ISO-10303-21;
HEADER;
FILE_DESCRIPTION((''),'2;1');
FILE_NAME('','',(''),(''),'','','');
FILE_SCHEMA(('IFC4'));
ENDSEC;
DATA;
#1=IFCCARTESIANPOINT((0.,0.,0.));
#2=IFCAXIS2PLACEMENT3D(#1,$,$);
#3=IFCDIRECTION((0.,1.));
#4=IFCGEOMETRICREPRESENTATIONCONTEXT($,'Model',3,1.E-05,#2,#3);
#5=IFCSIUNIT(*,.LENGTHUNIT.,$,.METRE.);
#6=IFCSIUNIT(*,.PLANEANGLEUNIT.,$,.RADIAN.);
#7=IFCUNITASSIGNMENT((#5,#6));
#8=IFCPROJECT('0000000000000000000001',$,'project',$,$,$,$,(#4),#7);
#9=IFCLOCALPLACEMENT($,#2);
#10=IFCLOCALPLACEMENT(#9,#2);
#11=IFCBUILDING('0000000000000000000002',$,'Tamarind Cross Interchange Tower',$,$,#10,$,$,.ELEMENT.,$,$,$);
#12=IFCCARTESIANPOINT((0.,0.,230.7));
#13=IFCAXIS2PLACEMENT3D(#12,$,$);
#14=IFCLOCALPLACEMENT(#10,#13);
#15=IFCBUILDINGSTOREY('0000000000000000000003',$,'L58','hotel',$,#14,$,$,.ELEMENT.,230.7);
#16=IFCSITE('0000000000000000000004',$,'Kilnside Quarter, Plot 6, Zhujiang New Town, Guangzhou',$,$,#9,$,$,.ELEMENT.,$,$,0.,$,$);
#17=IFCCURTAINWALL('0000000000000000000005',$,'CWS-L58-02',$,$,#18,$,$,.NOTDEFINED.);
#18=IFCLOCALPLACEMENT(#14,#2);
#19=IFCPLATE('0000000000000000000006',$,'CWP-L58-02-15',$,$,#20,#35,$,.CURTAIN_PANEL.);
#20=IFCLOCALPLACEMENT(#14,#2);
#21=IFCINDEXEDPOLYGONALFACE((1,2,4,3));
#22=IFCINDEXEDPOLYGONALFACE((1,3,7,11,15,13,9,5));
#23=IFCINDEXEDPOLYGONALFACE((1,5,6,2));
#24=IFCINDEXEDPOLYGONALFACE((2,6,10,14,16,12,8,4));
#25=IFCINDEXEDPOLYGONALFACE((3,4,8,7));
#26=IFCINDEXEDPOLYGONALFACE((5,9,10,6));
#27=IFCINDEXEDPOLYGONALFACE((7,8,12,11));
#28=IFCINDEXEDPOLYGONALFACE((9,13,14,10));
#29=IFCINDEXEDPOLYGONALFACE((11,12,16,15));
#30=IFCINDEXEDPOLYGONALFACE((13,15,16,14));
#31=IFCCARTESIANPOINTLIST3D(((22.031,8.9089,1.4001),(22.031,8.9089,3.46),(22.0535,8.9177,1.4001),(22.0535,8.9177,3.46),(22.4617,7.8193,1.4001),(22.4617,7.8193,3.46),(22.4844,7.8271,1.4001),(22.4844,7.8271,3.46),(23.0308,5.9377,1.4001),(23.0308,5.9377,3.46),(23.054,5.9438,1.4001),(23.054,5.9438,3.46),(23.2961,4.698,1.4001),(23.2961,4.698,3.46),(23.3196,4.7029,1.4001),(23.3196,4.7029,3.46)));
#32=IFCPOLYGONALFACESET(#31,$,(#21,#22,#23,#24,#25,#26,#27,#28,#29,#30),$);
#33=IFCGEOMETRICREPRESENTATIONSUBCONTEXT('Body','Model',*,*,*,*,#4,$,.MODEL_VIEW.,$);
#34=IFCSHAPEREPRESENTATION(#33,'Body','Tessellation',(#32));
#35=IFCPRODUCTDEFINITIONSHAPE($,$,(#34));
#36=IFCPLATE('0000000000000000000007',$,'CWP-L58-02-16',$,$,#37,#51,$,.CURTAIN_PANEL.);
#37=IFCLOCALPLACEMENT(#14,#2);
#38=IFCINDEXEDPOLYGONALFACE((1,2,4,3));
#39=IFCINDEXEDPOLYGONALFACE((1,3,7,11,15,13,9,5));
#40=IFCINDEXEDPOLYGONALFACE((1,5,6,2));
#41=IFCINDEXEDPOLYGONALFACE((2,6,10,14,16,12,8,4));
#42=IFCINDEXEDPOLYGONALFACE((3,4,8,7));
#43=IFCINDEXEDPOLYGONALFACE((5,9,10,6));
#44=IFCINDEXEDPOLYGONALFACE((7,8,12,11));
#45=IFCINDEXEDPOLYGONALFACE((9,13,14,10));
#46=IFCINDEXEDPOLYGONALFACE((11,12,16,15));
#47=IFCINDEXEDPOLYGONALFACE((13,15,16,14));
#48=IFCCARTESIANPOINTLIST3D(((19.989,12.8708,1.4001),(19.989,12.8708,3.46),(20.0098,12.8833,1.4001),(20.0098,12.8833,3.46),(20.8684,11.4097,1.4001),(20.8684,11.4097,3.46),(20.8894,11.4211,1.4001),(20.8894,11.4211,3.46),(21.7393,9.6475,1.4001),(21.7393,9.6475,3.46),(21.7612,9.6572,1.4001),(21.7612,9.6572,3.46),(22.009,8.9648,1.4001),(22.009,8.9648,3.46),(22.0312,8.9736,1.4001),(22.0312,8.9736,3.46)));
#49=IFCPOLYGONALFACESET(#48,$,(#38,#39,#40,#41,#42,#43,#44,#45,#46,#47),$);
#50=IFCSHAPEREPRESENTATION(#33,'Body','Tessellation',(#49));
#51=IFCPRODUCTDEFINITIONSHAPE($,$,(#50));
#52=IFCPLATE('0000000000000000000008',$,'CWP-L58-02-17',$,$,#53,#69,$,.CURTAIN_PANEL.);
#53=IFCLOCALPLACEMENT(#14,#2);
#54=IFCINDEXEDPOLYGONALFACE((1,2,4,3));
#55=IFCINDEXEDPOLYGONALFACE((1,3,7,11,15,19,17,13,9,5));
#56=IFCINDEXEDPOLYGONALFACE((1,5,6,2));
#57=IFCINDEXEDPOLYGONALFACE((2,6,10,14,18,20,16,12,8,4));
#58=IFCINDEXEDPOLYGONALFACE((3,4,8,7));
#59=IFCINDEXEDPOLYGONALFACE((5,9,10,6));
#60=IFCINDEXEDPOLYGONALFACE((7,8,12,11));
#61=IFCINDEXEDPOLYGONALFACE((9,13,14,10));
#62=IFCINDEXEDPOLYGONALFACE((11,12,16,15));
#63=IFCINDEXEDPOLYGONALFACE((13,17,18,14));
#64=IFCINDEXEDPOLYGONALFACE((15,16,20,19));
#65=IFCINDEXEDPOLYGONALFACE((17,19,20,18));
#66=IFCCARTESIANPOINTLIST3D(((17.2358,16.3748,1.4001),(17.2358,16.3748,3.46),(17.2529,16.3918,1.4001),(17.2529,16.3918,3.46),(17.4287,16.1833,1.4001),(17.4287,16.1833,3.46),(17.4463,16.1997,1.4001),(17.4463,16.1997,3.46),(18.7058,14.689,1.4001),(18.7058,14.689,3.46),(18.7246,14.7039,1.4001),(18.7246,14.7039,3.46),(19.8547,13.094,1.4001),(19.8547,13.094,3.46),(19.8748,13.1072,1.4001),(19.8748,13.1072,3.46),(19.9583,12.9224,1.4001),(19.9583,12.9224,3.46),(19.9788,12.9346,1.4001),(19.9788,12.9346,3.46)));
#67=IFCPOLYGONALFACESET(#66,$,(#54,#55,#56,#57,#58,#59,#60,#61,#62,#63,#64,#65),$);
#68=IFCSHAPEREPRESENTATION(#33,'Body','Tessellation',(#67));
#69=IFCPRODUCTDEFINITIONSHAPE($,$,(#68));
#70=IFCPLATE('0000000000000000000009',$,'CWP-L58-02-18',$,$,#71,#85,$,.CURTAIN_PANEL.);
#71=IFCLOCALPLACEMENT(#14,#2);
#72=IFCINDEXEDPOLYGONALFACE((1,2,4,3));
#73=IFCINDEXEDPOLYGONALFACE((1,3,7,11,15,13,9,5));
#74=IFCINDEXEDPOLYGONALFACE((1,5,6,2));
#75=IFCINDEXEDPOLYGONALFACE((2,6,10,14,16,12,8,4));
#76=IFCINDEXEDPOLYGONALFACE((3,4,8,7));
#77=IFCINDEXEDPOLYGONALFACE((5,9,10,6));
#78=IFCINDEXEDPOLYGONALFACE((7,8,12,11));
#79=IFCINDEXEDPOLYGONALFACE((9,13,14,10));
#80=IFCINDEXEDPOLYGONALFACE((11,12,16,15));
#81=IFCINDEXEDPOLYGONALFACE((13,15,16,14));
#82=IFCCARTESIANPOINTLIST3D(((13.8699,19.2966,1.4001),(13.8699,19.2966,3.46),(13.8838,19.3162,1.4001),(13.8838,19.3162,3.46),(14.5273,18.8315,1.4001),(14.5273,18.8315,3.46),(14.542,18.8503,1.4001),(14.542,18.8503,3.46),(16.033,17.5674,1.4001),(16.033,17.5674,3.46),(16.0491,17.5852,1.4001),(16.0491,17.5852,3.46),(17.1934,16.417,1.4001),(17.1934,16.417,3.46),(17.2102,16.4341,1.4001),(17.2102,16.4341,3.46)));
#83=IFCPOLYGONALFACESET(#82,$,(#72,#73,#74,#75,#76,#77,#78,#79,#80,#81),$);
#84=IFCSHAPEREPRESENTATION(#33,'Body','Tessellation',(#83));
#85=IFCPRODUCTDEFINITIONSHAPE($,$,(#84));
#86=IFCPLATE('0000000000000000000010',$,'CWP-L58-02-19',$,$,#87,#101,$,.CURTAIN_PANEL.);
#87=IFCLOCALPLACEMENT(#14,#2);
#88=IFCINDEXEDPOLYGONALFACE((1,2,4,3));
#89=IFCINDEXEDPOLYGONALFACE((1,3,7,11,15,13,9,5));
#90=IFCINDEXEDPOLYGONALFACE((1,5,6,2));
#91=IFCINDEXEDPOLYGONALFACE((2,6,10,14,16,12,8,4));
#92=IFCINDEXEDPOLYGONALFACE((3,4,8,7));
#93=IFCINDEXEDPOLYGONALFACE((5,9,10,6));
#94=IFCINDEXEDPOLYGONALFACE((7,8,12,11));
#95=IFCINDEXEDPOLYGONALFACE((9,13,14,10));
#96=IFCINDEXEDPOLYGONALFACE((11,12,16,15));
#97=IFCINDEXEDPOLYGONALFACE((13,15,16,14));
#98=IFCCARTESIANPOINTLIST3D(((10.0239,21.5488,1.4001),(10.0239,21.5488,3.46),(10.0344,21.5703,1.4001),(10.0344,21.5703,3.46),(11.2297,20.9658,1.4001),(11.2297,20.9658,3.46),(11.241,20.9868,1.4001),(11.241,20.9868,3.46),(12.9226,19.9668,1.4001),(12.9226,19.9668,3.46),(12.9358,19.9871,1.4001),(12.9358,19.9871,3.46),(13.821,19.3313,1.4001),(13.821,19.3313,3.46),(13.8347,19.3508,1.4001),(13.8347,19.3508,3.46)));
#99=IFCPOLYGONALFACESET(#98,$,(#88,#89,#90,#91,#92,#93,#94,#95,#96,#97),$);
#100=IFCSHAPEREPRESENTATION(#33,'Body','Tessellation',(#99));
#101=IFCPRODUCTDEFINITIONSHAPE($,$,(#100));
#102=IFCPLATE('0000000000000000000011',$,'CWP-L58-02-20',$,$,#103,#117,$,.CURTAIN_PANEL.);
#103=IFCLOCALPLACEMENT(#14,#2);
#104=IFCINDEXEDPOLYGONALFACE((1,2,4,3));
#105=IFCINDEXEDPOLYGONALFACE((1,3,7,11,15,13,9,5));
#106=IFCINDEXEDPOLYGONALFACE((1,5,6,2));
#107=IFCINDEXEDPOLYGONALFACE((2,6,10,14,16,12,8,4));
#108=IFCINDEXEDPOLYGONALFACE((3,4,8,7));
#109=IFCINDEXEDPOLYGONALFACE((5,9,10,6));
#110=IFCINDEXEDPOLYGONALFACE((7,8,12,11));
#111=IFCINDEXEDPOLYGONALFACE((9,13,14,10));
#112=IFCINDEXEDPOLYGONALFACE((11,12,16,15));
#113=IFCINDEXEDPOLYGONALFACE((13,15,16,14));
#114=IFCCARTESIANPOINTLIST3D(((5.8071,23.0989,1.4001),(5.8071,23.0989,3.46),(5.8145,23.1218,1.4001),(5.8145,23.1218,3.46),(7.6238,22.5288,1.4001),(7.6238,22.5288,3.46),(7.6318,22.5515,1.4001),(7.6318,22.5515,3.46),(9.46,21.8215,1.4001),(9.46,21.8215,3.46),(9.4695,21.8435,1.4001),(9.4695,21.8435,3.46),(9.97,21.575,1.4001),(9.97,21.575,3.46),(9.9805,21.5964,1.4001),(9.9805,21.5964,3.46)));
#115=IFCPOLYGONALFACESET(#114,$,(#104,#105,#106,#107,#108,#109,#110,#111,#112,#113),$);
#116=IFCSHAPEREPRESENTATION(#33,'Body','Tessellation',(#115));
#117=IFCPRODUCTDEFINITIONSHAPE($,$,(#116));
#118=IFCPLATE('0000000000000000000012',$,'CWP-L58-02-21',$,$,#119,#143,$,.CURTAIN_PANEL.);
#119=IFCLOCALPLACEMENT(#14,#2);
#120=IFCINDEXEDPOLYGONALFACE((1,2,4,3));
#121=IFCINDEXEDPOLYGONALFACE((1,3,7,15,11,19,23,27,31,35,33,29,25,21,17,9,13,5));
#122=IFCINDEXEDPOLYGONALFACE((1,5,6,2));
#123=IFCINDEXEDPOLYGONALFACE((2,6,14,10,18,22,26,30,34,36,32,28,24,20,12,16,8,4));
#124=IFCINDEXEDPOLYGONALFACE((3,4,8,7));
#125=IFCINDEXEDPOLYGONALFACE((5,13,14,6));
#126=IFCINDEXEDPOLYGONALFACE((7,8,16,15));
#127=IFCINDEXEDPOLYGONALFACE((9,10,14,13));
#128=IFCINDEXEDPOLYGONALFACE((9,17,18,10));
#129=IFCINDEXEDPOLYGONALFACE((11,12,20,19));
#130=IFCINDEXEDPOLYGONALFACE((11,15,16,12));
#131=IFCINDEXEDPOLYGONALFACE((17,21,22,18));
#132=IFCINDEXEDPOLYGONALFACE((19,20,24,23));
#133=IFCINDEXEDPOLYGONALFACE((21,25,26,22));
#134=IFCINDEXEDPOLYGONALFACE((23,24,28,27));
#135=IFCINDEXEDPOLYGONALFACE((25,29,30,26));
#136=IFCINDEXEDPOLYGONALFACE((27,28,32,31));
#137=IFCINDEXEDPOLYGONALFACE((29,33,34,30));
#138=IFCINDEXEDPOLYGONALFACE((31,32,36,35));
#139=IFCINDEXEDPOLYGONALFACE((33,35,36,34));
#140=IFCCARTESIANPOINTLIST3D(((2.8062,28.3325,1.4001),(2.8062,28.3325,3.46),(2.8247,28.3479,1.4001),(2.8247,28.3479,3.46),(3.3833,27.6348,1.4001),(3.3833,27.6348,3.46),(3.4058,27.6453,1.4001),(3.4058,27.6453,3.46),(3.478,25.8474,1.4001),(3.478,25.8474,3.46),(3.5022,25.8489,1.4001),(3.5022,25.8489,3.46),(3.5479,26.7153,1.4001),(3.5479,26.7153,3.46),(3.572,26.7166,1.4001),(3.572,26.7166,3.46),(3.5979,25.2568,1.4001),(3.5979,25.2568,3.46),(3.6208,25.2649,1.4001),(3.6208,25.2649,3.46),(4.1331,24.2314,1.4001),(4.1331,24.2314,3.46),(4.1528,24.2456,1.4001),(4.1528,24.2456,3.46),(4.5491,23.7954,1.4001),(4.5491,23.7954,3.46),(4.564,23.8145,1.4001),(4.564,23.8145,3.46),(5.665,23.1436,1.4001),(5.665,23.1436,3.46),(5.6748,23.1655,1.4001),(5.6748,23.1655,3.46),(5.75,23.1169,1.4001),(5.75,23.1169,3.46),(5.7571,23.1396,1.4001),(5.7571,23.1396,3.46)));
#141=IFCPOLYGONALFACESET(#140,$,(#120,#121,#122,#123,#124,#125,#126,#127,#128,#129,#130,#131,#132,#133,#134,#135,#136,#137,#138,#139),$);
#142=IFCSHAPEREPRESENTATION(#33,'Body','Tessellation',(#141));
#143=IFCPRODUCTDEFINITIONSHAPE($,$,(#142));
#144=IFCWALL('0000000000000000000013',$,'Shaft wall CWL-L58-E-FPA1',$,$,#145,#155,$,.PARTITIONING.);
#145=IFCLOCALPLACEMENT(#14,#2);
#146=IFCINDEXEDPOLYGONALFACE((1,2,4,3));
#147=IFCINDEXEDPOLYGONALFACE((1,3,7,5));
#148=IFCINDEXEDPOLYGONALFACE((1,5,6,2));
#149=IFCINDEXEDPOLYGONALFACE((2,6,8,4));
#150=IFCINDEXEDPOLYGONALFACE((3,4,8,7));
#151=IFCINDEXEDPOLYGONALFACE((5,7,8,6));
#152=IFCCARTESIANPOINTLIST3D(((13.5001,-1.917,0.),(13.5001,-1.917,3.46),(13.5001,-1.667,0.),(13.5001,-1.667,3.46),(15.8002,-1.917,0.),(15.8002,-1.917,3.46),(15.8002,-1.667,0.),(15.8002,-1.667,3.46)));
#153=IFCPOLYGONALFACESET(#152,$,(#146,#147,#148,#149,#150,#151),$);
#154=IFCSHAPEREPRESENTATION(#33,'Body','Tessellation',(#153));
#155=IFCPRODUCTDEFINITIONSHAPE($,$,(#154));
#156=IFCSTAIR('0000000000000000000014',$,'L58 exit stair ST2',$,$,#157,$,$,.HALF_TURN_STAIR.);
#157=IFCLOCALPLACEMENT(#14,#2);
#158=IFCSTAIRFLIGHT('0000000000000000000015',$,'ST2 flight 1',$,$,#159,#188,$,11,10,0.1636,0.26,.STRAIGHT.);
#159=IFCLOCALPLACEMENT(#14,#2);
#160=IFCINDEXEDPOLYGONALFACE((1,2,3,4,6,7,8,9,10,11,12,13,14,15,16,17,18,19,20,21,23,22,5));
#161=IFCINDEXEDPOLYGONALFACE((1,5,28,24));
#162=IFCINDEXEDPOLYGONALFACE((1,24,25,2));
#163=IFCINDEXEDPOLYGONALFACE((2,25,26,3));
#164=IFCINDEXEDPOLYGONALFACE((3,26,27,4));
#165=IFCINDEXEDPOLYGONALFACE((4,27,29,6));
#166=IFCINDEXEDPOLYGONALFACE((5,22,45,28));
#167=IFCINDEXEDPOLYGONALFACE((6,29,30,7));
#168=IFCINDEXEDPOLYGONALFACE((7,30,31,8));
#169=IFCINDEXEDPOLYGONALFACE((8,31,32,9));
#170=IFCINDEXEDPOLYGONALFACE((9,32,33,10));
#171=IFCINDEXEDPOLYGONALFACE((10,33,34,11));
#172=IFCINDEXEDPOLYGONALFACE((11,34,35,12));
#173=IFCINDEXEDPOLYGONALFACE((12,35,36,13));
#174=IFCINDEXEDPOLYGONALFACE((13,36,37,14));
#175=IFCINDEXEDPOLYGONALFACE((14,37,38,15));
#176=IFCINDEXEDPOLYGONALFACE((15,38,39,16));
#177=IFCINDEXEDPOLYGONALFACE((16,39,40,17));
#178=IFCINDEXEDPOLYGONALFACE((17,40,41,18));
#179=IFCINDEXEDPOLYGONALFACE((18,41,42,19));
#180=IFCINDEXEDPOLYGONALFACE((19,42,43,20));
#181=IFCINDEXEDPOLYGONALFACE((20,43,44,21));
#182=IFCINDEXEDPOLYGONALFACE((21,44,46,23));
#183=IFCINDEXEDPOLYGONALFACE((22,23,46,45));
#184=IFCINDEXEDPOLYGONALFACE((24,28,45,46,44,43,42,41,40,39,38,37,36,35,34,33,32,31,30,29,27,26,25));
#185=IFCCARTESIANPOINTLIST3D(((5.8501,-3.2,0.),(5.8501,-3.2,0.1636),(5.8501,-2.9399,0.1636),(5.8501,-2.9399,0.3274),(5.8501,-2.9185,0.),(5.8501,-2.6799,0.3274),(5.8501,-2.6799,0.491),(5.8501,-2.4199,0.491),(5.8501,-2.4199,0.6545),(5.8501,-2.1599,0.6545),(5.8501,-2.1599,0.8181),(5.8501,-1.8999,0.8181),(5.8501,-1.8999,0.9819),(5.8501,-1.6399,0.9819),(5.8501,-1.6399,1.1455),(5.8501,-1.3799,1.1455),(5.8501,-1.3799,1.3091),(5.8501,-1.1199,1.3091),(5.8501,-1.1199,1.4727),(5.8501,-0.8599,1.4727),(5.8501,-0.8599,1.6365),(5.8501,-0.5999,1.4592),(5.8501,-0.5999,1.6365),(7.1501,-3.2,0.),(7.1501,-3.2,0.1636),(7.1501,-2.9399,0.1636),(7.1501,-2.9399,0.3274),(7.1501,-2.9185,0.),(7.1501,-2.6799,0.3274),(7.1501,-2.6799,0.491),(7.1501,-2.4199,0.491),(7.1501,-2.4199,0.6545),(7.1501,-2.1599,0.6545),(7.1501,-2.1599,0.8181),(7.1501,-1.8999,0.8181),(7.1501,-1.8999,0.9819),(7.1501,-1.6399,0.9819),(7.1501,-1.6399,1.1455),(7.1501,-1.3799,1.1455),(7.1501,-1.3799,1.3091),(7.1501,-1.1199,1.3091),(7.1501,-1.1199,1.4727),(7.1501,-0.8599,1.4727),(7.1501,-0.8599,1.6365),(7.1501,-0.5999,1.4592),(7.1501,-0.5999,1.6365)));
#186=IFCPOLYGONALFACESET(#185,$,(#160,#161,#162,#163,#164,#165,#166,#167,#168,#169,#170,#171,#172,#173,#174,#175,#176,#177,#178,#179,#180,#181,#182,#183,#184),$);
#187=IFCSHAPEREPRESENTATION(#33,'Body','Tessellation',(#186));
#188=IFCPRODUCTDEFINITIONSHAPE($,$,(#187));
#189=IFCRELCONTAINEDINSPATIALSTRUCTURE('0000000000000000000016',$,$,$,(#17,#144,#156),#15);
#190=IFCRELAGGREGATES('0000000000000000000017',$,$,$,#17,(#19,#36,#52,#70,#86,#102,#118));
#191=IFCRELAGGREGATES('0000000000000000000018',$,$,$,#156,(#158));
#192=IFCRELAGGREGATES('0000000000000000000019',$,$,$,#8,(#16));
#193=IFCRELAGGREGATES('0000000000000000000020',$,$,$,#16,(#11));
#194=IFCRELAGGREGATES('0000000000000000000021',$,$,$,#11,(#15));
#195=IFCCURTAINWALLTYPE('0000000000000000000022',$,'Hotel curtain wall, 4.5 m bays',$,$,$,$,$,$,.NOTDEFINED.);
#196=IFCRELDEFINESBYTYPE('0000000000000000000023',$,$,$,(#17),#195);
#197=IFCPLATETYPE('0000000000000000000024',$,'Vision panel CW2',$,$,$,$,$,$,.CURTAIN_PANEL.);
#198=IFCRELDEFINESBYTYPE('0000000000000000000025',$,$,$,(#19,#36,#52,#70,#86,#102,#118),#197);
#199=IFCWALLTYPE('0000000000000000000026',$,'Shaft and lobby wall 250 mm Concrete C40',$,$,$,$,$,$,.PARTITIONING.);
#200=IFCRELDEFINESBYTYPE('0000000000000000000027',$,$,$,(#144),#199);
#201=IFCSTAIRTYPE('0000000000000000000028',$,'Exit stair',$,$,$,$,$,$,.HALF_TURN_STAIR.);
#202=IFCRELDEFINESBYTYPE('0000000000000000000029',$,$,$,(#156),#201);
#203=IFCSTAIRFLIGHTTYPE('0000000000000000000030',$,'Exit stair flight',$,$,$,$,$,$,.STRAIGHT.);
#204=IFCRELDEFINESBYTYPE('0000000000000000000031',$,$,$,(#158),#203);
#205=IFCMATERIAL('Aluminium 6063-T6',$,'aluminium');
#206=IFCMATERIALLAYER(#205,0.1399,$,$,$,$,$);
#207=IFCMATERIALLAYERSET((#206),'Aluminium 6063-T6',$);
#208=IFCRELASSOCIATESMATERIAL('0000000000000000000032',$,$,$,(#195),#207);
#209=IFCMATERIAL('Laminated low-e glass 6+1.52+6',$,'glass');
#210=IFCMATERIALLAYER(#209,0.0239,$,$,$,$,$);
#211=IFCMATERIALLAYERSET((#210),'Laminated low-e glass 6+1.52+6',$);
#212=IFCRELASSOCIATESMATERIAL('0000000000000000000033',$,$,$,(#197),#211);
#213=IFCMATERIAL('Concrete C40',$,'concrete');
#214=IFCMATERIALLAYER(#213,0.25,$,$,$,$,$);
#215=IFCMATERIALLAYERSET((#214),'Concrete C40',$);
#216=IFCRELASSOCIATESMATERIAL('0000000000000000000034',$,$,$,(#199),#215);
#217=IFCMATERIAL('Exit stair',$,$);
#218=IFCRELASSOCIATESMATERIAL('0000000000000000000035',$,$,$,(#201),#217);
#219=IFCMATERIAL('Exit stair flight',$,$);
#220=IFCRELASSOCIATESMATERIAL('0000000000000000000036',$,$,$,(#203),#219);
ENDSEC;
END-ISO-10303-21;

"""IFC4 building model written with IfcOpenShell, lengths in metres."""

from ifc_helpers import new_model, si_unit, direction, frame, frame_2d, origin, place, context, subcontext, project, spatial, polyline, rectangle, outline, extrude, material, layer, layer_set, type_object, element, aggregate, save


model = new_model("IFC4")

# Units and contexts
model_context = context("Model", 3, precision=1e-05, world=origin(), true_north=direction((0.0, 1.0)))
body_context = subcontext(model_context, "Body", "Model", "MODEL_VIEW")
ifc_project = project(units=[si_unit("LENGTHUNIT", "METRE"), si_unit("PLANEANGLEUNIT", "RADIAN")], contexts=[model_context])

# Site, building, storey
site_placement = place(None, origin())
site = spatial("IfcSite", under=ifc_project, at=site_placement, Name="Kilnside Quarter, Plot 6, Zhujiang New Town, Guangzhou", CompositionType="ELEMENT", RefElevation=0.0)
building_placement = place(site_placement, origin())
building = spatial("IfcBuilding", under=site, at=building_placement, Name="Tamarind Cross Interchange Tower", CompositionType="ELEMENT")
storey_placement = place(building_placement, frame((0.0, 0.0, 230.7)))
storey = spatial("IfcBuildingStorey", under=building, at=storey_placement, Name="L58", Description="hotel", CompositionType="ELEMENT", Elevation=230.7)

# Curtain wall, plates
ifc_material_1 = material(Name="Aluminium 6063-T6", Category="aluminium")
ifc_layer_1 = layer(ifc_material_1, 0.1399)
ifc_layer_set_1 = layer_set([ifc_layer_1], Name="Aluminium 6063-T6")
curtain_wall_type = type_object("IfcCurtainWallType", Name="Hotel curtain wall, 4.5 m bays", PredefinedType="NOTDEFINED", material=ifc_layer_set_1)
curtain_wall_placement = place(storey_placement, origin())
curtain_wall = element("IfcCurtainWall", 1, at=curtain_wall_placement, inside=storey, type_object=curtain_wall_type, Name="CWS-L58-02", PredefinedType="NOTDEFINED")
ifc_material_2 = material(Name="Laminated low-e glass 6+1.52+6", Category="glass")
ifc_layer_2 = layer(ifc_material_2, 0.0239)
ifc_layer_set_2 = layer_set([ifc_layer_2], Name="Laminated low-e glass 6+1.52+6")
plate_type = type_object("IfcPlateType", Name="Vision panel CW2", PredefinedType="CURTAIN_PANEL", material=ifc_layer_set_2)
plate_1_placement = place(storey_placement, frame((0.0, 0.0, 1.4001)))
plate_1 = element("IfcPlate", 2, at=plate_1_placement, type_object=plate_type, Name="CWP-L58-02-15", PredefinedType="CURTAIN_PANEL", context=body_context, shape_type="SweptSolid", body=[
    extrude(outline(polyline([(23.2961, 4.698), (23.0308, 5.9377), (22.4617, 7.8193), (22.031, 8.9089), (22.0535, 8.9177), (22.4844, 7.8271), (23.054, 5.9438), (23.3196, 4.7029), (23.2961, 4.698)])), origin(), (0.0, 0.0, 1.0), 2.0598),
])
plate_2_placement = place(storey_placement, frame((0.0, 0.0, 1.4001)))
plate_2 = element("IfcPlate", 3, at=plate_2_placement, type_object=plate_type, Name="CWP-L58-02-16", PredefinedType="CURTAIN_PANEL", context=body_context, shape_type="SweptSolid", body=[
    extrude(outline(polyline([(22.009, 8.9648), (21.7393, 9.6475), (20.8684, 11.4097), (19.989, 12.8708), (20.0098, 12.8833), (20.8894, 11.4211), (21.7612, 9.6572), (22.0312, 8.9736), (22.009, 8.9648)])), origin(), (0.0, 0.0, 1.0), 2.0598),
])
plate_3_placement = place(storey_placement, frame((0.0, 0.0, 1.4001)))
plate_3 = element("IfcPlate", 4, at=plate_3_placement, type_object=plate_type, Name="CWP-L58-02-17", PredefinedType="CURTAIN_PANEL", context=body_context, shape_type="SweptSolid", body=[
    extrude(outline(polyline([(19.9583, 12.9224), (19.8547, 13.094), (18.7058, 14.689), (17.4287, 16.1833), (17.2358, 16.3748), (17.2529, 16.3918), (17.4463, 16.1997), (18.7246, 14.7039), (19.8748, 13.1072), (19.9788, 12.9346), (19.9583, 12.9224)])), origin(), (0.0, 0.0, 1.0), 2.0598),
])
plate_4_placement = place(storey_placement, frame((0.0, 0.0, 1.4001)))
plate_4 = element("IfcPlate", 5, at=plate_4_placement, type_object=plate_type, Name="CWP-L58-02-18", PredefinedType="CURTAIN_PANEL", context=body_context, shape_type="SweptSolid", body=[
    extrude(outline(polyline([(17.1934, 16.417), (16.033, 17.5674), (14.5273, 18.8315), (13.8699, 19.2966), (13.8838, 19.3162), (14.542, 18.8503), (16.0491, 17.5852), (17.2102, 16.4341), (17.1934, 16.417)])), origin(), (0.0, 0.0, 1.0), 2.0598),
])
plate_5_placement = place(storey_placement, frame((0.0, 0.0, 1.4001)))
plate_5 = element("IfcPlate", 6, at=plate_5_placement, type_object=plate_type, Name="CWP-L58-02-19", PredefinedType="CURTAIN_PANEL", context=body_context, shape_type="SweptSolid", body=[
    extrude(outline(polyline([(13.821, 19.3313), (12.9226, 19.9668), (11.2297, 20.9658), (10.0239, 21.5488), (10.0344, 21.5703), (11.241, 20.9868), (12.9358, 19.9871), (13.8347, 19.3508), (13.821, 19.3313)])), origin(), (0.0, 0.0, 1.0), 2.0598),
])
plate_6_placement = place(storey_placement, frame((0.0, 0.0, 1.4001)))
plate_6 = element("IfcPlate", 7, at=plate_6_placement, type_object=plate_type, Name="CWP-L58-02-20", PredefinedType="CURTAIN_PANEL", context=body_context, shape_type="SweptSolid", body=[
    extrude(outline(polyline([(9.97, 21.575), (9.46, 21.8215), (7.6238, 22.5288), (5.8071, 23.0989), (5.8145, 23.1218), (7.6318, 22.5515), (9.4695, 21.8435), (9.9805, 21.5964), (9.97, 21.575)])), origin(), (0.0, 0.0, 1.0), 2.0598),
])
plate_7_placement = place(storey_placement, frame((0.0, 0.0, 1.4001)))
plate_7 = element("IfcPlate", 8, at=plate_7_placement, type_object=plate_type, Name="CWP-L58-02-21", PredefinedType="CURTAIN_PANEL", context=body_context, shape_type="SweptSolid", body=[
    extrude(outline(polyline([(5.75, 23.1169), (5.665, 23.1436), (4.5491, 23.7954), (4.1331, 24.2314), (3.5979, 25.2568), (3.478, 25.8474), (3.5479, 26.7153), (3.3833, 27.6348), (2.8062, 28.3325), (2.8247, 28.3479), (3.4058, 27.6453), (3.572, 26.7166), (3.5022, 25.8489), (3.6208, 25.2649), (4.1528, 24.2456), (4.564, 23.8145), (5.6748, 23.1655), (5.7571, 23.1396), (5.75, 23.1169)])), origin(), (0.0, 0.0, 1.0), 2.0598),
])
aggregate(curtain_wall, [plate_1, plate_2, plate_3, plate_4, plate_5, plate_6, plate_7])

# Wall
ifc_material_3 = material(Name="Concrete C40", Category="concrete")
ifc_layer_3 = layer(ifc_material_3, 0.25)
ifc_layer_set_3 = layer_set([ifc_layer_3], Name="Concrete C40")
wall_type = type_object("IfcWallType", Name="Shaft and lobby wall 250 mm Concrete C40", PredefinedType="PARTITIONING", material=ifc_layer_set_3)
wall_placement = place(storey_placement, frame((15.8, -1.792, 0.0), z_axis=(0.0, 0.0, 1.0), x_axis=(-1.0, 0.0, 0.0)))
element("IfcWall", 9, at=wall_placement, inside=storey, type_object=wall_type, Name="Shaft wall CWL-L58-E-FPA1", PredefinedType="PARTITIONING", context=body_context, shape_type="SweptSolid", body=[
    extrude(rectangle(XDim=2.3, YDim=0.25, at=frame_2d((1.1499, 0.0))), origin(), (0.0, 0.0, 1.0), 3.46),
])

# Stair, stair flight
ifc_material_4 = material(Name="Exit stair")
stair_type = type_object("IfcStairType", Name="Exit stair", PredefinedType="HALF_TURN_STAIR", material=ifc_material_4)
stair_placement = place(storey_placement, origin())
stair = element("IfcStair", 10, at=stair_placement, inside=storey, type_object=stair_type, Name="L58 exit stair ST2", PredefinedType="HALF_TURN_STAIR")
ifc_material_5 = material(Name="Exit stair flight")
stair_flight_type = type_object("IfcStairFlightType", Name="Exit stair flight", PredefinedType="STRAIGHT", material=ifc_material_5)
stair_flight_1_placement = place(storey_placement, frame((6.5, -3.2, 0.0), z_axis=(0.0, 0.0, 1.0), x_axis=(0.0, 1.0, 0.0)))
stair_flight_1 = element("IfcStairFlight", 11, at=stair_flight_1_placement, type_object=stair_flight_type, Name="ST2 flight 1", NumberOfRisers=11, NumberOfTreads=10, PredefinedType="STRAIGHT", RiserHeight=0.1636, TreadLength=0.26, context=body_context, shape_type="SweptSolid", body=[
    extrude(outline(polyline([(0.0, 0.0), (0.0, 0.1636), (0.26, 0.1636), (0.26, 0.3274), (0.52, 0.3274), (0.52, 0.491), (0.78, 0.491), (0.78, 0.6545), (1.04, 0.6545), (1.04, 0.8181), (1.3, 0.8181), (1.3, 0.9819), (1.5601, 0.9819), (1.5601, 1.1455), (1.8201, 1.1455), (1.8201, 1.3091), (2.0801, 1.3091), (2.0801, 1.4727), (2.3401, 1.4727), (2.3401, 1.6365), (2.6001, 1.6365), (2.6001, 1.8), (2.6001, 1.4592), (0.2815, 0.0), (0.0, 0.0)])), frame((0.0, 0.6499, 0.0), z_axis=(0.0, -1.0, 0.0), x_axis=(1.0, 0.0, 0.0)), (0.0, 0.0, 1.0), 1.3),
])
aggregate(stair, [stair_flight_1])

save(model, "model.ifc")
